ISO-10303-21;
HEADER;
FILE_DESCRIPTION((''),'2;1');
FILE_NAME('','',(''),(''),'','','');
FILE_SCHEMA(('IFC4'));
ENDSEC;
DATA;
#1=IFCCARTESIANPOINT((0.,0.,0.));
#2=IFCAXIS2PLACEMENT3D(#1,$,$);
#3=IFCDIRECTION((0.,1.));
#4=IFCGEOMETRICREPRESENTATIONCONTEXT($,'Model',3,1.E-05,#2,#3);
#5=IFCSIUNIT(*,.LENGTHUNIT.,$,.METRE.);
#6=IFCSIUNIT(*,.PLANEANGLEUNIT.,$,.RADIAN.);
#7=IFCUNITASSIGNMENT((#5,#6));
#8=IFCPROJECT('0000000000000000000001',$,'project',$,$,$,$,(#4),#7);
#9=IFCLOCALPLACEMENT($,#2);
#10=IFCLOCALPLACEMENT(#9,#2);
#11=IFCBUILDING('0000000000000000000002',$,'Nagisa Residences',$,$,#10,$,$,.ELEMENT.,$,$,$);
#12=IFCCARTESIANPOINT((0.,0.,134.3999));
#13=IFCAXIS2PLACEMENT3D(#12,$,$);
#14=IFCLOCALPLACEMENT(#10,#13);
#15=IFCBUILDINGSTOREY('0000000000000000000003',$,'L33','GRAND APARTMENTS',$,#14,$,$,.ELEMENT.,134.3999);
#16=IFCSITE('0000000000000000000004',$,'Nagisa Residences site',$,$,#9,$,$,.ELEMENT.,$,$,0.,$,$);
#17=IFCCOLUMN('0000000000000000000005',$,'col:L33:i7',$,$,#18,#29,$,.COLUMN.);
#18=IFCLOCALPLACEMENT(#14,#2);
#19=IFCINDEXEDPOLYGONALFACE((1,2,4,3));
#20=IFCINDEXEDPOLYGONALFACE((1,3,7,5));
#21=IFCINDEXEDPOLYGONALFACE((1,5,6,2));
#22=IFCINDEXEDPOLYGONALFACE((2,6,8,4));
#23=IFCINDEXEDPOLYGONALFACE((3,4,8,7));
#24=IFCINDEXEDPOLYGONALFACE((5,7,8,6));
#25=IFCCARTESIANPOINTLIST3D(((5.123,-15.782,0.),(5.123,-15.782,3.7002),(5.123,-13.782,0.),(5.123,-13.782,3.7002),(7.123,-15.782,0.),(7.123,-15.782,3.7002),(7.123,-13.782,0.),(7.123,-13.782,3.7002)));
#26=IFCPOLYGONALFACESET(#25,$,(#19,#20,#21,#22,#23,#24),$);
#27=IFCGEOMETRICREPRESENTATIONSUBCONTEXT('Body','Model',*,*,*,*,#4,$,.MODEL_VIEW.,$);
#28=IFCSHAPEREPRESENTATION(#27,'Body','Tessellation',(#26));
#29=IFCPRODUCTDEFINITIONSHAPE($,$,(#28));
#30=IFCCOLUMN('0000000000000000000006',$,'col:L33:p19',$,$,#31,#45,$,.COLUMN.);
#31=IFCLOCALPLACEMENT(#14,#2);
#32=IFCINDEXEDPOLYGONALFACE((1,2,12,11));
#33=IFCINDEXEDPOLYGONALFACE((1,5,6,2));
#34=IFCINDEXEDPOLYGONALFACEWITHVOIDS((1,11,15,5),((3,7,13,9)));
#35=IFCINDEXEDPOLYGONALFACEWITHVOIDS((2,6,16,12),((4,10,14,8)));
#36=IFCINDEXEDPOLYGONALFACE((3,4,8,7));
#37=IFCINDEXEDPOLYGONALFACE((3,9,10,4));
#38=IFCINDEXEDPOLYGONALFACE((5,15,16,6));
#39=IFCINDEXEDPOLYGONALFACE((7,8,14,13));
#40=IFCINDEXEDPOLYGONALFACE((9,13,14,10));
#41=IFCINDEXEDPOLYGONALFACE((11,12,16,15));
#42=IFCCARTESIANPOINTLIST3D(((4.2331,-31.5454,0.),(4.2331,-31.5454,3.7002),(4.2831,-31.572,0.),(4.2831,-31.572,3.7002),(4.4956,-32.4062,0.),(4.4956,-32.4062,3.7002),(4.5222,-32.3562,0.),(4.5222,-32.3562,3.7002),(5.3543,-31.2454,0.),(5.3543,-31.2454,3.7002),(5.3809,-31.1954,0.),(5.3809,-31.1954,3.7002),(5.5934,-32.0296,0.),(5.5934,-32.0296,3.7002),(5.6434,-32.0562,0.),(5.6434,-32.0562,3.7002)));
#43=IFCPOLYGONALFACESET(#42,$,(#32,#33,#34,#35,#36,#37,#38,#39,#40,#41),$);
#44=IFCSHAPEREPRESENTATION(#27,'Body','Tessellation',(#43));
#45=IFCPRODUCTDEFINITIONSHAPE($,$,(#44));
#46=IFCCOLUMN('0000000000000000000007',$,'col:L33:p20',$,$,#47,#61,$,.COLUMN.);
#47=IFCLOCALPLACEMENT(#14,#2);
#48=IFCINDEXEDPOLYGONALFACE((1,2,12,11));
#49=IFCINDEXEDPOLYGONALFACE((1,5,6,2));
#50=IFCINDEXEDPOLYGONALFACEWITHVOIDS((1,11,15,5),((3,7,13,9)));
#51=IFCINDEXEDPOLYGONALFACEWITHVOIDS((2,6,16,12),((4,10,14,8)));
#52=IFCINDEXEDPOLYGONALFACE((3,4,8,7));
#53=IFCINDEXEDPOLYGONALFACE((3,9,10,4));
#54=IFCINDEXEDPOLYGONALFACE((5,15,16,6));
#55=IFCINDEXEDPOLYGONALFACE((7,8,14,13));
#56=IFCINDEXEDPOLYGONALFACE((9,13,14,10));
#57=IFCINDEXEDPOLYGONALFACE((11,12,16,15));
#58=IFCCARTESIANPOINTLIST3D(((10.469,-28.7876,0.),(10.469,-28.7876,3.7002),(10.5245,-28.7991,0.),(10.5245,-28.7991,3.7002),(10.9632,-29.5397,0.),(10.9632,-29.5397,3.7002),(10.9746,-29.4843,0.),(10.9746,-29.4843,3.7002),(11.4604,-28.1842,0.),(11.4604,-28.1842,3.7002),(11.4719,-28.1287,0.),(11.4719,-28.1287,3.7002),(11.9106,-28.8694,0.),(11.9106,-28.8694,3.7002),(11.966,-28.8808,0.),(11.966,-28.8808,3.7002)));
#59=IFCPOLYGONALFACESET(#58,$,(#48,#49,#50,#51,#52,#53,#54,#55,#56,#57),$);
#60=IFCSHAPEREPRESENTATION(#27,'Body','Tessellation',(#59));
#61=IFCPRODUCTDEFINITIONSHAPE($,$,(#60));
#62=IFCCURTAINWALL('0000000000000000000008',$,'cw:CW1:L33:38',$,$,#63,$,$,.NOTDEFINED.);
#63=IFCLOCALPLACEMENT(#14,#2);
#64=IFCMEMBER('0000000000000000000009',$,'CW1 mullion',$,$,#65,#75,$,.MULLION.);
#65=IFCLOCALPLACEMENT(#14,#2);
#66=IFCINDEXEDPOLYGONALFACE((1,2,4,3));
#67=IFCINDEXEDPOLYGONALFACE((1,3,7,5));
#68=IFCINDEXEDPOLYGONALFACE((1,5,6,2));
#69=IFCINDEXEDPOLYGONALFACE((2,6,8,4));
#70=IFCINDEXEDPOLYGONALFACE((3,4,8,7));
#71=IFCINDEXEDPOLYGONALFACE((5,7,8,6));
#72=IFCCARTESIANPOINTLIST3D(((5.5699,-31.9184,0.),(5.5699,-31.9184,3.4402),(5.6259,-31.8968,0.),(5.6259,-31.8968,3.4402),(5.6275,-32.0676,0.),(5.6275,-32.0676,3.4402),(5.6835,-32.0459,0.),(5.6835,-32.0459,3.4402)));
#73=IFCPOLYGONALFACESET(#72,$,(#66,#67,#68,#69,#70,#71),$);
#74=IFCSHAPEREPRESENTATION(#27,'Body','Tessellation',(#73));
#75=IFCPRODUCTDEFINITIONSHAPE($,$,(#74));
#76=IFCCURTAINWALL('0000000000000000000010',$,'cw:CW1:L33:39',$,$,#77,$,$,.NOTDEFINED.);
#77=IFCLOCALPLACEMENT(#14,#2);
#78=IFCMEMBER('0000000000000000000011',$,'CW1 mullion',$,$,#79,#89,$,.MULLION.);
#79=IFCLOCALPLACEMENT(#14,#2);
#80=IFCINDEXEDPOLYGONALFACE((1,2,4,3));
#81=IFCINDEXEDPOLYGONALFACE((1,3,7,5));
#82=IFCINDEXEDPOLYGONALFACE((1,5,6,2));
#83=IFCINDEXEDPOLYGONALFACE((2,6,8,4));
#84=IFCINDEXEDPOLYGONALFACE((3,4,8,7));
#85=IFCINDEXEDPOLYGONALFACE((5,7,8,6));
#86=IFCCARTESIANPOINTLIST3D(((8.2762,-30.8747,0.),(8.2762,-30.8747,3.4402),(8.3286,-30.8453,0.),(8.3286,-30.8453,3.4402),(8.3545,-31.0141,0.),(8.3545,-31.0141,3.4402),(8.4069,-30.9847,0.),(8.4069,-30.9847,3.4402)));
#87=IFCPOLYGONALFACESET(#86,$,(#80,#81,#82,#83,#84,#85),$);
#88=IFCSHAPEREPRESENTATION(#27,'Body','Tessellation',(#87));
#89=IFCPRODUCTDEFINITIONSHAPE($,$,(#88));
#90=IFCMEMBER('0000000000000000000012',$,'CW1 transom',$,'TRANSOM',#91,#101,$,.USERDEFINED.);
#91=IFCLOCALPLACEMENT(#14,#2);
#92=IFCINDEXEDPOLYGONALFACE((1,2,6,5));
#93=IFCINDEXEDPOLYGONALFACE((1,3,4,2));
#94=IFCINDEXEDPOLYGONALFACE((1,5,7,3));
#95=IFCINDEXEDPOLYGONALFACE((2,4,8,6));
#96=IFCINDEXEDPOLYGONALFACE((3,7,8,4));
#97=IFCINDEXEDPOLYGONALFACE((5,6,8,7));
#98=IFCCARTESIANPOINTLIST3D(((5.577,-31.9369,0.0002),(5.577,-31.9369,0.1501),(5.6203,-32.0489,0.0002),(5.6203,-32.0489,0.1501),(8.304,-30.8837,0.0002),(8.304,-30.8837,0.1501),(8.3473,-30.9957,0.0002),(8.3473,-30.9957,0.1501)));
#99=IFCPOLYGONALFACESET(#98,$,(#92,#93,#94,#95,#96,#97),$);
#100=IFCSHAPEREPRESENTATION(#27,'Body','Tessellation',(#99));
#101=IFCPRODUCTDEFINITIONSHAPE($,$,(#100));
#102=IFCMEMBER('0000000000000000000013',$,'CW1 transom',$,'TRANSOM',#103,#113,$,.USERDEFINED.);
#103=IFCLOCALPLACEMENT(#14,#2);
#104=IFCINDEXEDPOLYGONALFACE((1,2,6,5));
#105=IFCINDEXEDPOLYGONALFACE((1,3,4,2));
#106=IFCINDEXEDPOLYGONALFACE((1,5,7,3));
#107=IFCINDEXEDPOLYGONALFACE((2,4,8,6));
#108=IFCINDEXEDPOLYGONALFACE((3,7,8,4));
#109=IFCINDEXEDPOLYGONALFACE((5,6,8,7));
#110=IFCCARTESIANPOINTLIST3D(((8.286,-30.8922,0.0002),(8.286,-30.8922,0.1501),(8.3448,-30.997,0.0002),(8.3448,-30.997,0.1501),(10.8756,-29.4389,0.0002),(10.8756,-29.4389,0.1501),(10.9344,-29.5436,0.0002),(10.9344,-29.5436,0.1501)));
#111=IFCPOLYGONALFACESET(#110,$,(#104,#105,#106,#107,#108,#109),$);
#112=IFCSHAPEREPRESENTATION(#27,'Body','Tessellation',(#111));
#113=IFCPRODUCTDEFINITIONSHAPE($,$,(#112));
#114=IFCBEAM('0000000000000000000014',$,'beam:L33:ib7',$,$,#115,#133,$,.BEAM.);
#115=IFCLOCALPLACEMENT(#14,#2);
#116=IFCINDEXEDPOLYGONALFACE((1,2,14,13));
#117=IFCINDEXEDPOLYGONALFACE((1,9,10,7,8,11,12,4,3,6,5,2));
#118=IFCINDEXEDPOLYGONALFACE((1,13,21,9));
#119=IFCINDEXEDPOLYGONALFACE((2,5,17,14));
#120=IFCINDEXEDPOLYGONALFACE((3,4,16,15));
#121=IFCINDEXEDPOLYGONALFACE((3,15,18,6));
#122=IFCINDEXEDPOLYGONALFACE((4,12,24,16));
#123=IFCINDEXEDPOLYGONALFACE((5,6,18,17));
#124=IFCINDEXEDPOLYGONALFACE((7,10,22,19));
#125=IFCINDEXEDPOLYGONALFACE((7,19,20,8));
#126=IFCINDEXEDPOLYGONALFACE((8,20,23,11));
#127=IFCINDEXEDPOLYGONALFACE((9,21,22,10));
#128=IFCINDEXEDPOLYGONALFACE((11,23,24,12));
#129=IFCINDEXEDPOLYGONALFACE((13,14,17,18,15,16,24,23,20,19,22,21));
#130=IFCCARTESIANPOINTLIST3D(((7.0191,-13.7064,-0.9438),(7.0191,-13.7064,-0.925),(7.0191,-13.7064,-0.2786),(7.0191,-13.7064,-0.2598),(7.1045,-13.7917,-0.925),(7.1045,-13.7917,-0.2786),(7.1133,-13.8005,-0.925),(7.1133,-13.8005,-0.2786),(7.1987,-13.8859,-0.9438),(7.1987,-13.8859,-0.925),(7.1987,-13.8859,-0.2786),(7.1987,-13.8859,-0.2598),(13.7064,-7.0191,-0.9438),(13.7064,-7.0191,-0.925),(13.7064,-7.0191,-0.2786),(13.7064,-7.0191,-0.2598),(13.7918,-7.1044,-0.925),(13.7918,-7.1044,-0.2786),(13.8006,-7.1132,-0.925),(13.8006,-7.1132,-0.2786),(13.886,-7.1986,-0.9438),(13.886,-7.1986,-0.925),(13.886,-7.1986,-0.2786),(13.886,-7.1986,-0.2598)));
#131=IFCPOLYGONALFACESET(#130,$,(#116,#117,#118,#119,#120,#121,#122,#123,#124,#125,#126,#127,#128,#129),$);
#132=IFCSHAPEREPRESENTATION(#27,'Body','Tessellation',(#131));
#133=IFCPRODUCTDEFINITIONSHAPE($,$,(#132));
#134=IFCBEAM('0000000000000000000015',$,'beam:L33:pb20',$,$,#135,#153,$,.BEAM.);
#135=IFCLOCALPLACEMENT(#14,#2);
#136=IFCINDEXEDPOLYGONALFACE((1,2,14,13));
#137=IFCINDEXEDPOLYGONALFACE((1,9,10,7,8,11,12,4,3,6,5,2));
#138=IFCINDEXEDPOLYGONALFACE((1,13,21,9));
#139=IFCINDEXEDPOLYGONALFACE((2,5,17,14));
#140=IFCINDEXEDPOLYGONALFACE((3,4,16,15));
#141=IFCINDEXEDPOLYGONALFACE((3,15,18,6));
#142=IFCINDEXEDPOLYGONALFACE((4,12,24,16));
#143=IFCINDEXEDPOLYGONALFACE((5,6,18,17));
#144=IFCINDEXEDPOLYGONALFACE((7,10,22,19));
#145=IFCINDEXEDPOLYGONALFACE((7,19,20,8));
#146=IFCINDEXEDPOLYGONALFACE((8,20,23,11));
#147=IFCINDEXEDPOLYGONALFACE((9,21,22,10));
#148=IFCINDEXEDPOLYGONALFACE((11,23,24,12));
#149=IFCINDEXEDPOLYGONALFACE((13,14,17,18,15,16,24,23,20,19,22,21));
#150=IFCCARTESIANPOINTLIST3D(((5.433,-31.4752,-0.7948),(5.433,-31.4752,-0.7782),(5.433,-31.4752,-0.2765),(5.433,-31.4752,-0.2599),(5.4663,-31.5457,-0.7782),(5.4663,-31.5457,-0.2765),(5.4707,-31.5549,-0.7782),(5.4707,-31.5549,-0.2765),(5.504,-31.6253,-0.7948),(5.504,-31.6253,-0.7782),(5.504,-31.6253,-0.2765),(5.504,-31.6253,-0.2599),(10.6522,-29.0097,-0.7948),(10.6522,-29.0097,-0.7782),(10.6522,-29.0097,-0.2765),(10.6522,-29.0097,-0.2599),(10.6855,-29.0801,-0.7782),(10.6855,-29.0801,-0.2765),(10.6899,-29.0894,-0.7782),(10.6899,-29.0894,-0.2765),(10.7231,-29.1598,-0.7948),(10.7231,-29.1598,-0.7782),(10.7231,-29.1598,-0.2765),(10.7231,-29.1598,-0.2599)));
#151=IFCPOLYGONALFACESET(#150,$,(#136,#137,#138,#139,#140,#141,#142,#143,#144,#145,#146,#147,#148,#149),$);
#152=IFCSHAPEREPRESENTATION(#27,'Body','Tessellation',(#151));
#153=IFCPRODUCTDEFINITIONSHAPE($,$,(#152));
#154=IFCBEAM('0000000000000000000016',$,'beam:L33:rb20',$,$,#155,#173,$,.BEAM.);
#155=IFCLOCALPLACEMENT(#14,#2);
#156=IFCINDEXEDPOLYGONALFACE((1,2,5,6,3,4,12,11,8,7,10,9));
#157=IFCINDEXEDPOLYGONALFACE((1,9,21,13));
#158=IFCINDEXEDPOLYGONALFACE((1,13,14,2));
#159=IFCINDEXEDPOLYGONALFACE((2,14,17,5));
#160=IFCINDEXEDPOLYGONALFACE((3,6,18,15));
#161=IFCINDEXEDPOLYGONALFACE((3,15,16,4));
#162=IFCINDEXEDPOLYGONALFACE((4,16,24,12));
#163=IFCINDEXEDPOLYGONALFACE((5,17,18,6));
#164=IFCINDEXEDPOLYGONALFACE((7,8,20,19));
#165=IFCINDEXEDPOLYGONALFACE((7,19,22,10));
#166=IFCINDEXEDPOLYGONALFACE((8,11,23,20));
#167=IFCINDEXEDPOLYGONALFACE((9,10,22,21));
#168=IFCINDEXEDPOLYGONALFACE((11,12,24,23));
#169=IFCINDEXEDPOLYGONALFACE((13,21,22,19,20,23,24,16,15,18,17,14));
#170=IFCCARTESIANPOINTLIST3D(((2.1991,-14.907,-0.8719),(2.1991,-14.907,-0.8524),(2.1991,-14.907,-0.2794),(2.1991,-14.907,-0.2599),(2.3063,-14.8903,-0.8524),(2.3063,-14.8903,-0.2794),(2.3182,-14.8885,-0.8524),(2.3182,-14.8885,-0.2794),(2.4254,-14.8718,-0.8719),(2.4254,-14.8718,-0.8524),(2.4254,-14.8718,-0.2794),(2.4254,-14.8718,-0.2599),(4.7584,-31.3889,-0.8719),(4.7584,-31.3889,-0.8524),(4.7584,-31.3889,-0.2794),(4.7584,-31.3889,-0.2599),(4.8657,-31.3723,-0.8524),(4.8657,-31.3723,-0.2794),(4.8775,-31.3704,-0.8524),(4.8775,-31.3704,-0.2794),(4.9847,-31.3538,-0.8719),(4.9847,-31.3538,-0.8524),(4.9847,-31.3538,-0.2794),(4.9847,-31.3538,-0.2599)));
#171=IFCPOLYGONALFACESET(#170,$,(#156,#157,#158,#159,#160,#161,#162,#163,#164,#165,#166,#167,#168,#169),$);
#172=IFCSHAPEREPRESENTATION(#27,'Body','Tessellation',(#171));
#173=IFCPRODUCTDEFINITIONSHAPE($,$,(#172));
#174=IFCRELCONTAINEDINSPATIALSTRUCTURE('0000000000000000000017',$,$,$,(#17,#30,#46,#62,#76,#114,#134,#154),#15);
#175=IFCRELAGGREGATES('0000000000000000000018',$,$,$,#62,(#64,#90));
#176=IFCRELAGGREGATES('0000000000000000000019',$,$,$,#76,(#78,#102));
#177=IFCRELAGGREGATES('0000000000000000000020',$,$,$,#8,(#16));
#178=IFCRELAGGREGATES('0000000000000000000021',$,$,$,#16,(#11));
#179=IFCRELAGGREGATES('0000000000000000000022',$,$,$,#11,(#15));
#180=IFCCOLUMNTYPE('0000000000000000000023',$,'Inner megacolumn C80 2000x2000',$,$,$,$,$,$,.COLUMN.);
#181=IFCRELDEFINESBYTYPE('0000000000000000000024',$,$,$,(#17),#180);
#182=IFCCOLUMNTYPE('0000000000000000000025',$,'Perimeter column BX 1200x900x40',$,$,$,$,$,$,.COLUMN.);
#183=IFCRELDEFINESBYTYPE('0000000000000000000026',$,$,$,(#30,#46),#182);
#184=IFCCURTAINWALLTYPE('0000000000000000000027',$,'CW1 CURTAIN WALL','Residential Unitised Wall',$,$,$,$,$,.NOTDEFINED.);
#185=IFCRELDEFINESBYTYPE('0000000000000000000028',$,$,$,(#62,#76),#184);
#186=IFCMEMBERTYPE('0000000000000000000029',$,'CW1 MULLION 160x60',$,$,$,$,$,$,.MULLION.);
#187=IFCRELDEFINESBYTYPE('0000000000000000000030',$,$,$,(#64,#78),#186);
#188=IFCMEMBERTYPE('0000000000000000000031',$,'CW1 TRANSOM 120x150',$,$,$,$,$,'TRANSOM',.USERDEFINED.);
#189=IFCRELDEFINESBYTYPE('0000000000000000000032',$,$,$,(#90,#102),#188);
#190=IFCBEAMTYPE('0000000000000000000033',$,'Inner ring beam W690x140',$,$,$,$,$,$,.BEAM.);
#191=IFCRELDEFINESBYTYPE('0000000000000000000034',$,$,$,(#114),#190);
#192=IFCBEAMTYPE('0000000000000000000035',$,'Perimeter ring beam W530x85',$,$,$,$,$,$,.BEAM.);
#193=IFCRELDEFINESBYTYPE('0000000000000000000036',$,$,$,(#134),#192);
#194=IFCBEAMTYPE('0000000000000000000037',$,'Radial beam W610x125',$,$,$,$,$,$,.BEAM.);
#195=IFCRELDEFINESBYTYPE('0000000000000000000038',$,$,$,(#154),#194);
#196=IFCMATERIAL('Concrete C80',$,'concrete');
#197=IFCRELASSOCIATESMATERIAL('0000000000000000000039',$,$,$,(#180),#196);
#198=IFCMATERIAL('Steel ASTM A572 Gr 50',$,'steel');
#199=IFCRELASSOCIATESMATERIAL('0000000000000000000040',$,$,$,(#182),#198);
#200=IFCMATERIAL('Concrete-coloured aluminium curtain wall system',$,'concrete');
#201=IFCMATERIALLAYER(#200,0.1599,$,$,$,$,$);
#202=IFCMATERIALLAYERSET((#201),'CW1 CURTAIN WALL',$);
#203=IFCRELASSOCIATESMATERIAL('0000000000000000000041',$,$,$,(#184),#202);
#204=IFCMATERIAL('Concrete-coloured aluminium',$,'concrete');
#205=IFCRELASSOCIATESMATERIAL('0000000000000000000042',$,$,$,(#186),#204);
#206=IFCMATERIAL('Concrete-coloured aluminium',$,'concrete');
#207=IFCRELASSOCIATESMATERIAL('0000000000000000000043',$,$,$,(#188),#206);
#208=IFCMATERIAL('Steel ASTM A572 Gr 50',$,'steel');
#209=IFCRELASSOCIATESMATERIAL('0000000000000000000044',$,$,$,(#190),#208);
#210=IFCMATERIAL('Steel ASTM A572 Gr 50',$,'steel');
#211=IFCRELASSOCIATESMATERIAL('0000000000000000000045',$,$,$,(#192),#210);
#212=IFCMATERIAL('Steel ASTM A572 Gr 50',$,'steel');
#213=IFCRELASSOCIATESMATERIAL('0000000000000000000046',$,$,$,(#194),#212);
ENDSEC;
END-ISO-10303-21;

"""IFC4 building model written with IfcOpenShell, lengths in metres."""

from ifc_helpers import new_model, si_unit, direction, frame, origin, origin_2d, place, context, subcontext, project, spatial, rectangle, hollow_rectangle, i_section, extrude, material, layer, layer_set, material_profile, profile_set, type_object, element, aggregate, save


model = new_model("IFC4")

# Units and contexts
model_context = context("Model", 3, precision=1e-05, world=origin(), true_north=direction((0.0, 1.0)))
body_context = subcontext(model_context, "Body", "Model", "MODEL_VIEW")
ifc_project = project(units=[si_unit("LENGTHUNIT", "METRE"), si_unit("PLANEANGLEUNIT", "RADIAN")], contexts=[model_context])

# Site, building, storey
site_placement = place(None, origin())
site = spatial("IfcSite", under=ifc_project, at=site_placement, Name="Nagisa Residences site", CompositionType="ELEMENT", RefElevation=0.0)
building_placement = place(site_placement, origin())
building = spatial("IfcBuilding", under=site, at=building_placement, Name="Nagisa Residences", CompositionType="ELEMENT")
storey_placement = place(building_placement, frame((0.0, 0.0, 134.3999)))
storey = spatial("IfcBuildingStorey", under=building, at=storey_placement, Name="L33", Description="GRAND APARTMENTS", CompositionType="ELEMENT", Elevation=134.3999)

# Columns
ifc_material_1 = material(Name="Concrete C80", Category="concrete")
ifc_material_profile_1 = material_profile(ifc_material_1, rectangle(XDim=2.0, YDim=2.0, at=origin_2d()), Name="C80 2000x2000")
ifc_profile_set_1 = profile_set([ifc_material_profile_1], Name="Concrete C80")
column_type_1 = type_object("IfcColumnType", Name="Inner megacolumn C80 2000x2000", PredefinedType="COLUMN", material=ifc_profile_set_1)
column_placement = place(storey_placement, frame((6.123, -14.782, 0.0), z_axis=(0.0, 0.0, 1.0), x_axis=(1.0, 0.0, 0.0)))
element("IfcColumn", 1, at=column_placement, inside=storey, type_object=column_type_1, Name="col:L33:i7", PredefinedType="COLUMN", context=body_context, shape_type="SweptSolid", body=[
    extrude(rectangle(XDim=2.0, YDim=2.0, at=origin_2d()), origin(), (0.0, 0.0, 1.0), 3.7002),
])
ifc_material_2 = material(Name="Steel ASTM A572 Gr 50", Category="steel")
ifc_material_profile_2 = material_profile(ifc_material_2, hollow_rectangle(XDim=1.2, YDim=0.8999, WallThickness=0.04, at=origin_2d()), Name="BX 1200x900x40")
ifc_profile_set_2 = profile_set([ifc_material_profile_2], Name="Steel ASTM A572 Gr 50")
column_type_2 = type_object("IfcColumnType", Name="Perimeter column BX 1200x900x40", PredefinedType="COLUMN", material=ifc_profile_set_2)
for number, where, z_axis, x_axis, name in (
    (2, (4.9382, -31.8008, 0.0), (0.0, 0.0, 1.0), (0.956525, 0.291652, 0.0), "col:L33:p19"),
    (3, (11.2175, -28.8342, 0.0), (0.0, 0.0, 1.0), (0.835766, 0.549086, 0.0), "col:L33:p20"),
):
    element("IfcColumn", number, at=place(storey_placement, frame(where, z_axis=z_axis, x_axis=x_axis)), inside=storey, type_object=column_type_2, Name=name, PredefinedType="COLUMN", context=body_context, shape_type="SweptSolid", body=[
        extrude(hollow_rectangle(XDim=1.2, YDim=0.8999, WallThickness=0.04, at=origin_2d()), origin(), (0.0, 0.0, 1.0), 3.7002),
    ])

# Curtain walls, members
ifc_material_3 = material(Name="Concrete-coloured aluminium curtain wall system", Category="concrete")
ifc_layer_1 = layer(ifc_material_3, 0.1599)
ifc_layer_set_1 = layer_set([ifc_layer_1], Name="CW1 CURTAIN WALL")
curtain_wall_type = type_object("IfcCurtainWallType", Name="CW1 CURTAIN WALL", Description="Residential Unitised Wall", PredefinedType="NOTDEFINED", material=ifc_layer_set_1)
curtain_wall_1_placement = place(storey_placement, origin())
curtain_wall_1 = element("IfcCurtainWall", 4, at=curtain_wall_1_placement, inside=storey, type_object=curtain_wall_type, Name="cw:CW1:L33:38", PredefinedType="NOTDEFINED")
ifc_material_4 = material(Name="Concrete-coloured aluminium", Category="concrete")
ifc_material_profile_3 = material_profile(ifc_material_4, rectangle(XDim=0.1599, YDim=0.0601, at=origin_2d()), Name="CW1 MULLION 160x60")
ifc_profile_set_3 = profile_set([ifc_material_profile_3], Name="Concrete-coloured aluminium")
member_type_1 = type_object("IfcMemberType", Name="CW1 MULLION 160x60", PredefinedType="MULLION", material=ifc_profile_set_3)
member_1_placement = place(storey_placement, frame((5.6267, -31.9822, 0.0), z_axis=(0.0, 0.0, 1.0), x_axis=(-0.360328, 0.932826, 0.0)))
member_1 = element("IfcMember", 5, at=member_1_placement, type_object=member_type_1, Name="CW1 mullion", PredefinedType="MULLION", context=body_context, shape_type="SweptSolid", body=[
    extrude(rectangle(XDim=0.1599, YDim=0.0601, at=origin_2d()), origin(), (0.0, 0.0, 1.0), 3.4402),
])
curtain_wall_2_placement = place(storey_placement, origin())
curtain_wall_2 = element("IfcCurtainWall", 6, at=curtain_wall_2_placement, inside=storey, type_object=curtain_wall_type, Name="cw:CW1:L33:39", PredefinedType="NOTDEFINED")
member_2_placement = place(storey_placement, frame((8.3416, -30.9297, 0.0), z_axis=(0.0, 0.0, 1.0), x_axis=(-0.489377, 0.872072, 0.0)))
member_2 = element("IfcMember", 7, at=member_2_placement, type_object=member_type_1, Name="CW1 mullion", PredefinedType="MULLION", context=body_context, shape_type="SweptSolid", body=[
    extrude(rectangle(XDim=0.1599, YDim=0.0601, at=origin_2d()), origin(), (0.0, 0.0, 1.0), 3.4402),
])

# Members
ifc_material_5 = material(Name="Concrete-coloured aluminium", Category="concrete")
ifc_material_profile_4 = material_profile(ifc_material_5, rectangle(XDim=0.1201, YDim=0.1499, at=origin_2d()), Name="CW1 TRANSOM 120x150")
ifc_profile_set_4 = profile_set([ifc_material_profile_4], Name="Concrete-coloured aluminium")
member_type_2 = type_object("IfcMemberType", Name="CW1 TRANSOM 120x150", ElementType="TRANSOM", PredefinedType="USERDEFINED", material=ifc_profile_set_4)
member_3_placement = place(storey_placement, frame((5.5986, -31.9929, 0.0752), z_axis=(0.932845, 0.360277, 0.0), x_axis=(-0.360277, 0.932845, 0.0)))
member_3 = element("IfcMember", 8, at=member_3_placement, type_object=member_type_2, Name="CW1 transom", ObjectType="TRANSOM", PredefinedType="USERDEFINED", context=body_context, shape_type="SweptSolid", body=[
    extrude(rectangle(XDim=0.1201, YDim=0.1499, at=origin_2d()), origin(), (0.0, 0.0, 1.0), 2.9233),
])
member_4_placement = place(storey_placement, frame((8.3154, -30.9446, 0.0752), z_axis=(0.872047, 0.489422, 0.0), x_axis=(-0.489422, 0.872047, 0.0)))
member_4 = element("IfcMember", 9, at=member_4_placement, type_object=member_type_2, Name="CW1 transom", ObjectType="TRANSOM", PredefinedType="USERDEFINED", context=body_context, shape_type="SweptSolid", body=[
    extrude(rectangle(XDim=0.1201, YDim=0.1499, at=origin_2d()), origin(), (0.0, 0.0, 1.0), 2.9695),
])

# Beams
ifc_material_6 = material(Name="Steel ASTM A572 Gr 50", Category="steel")
ifc_material_profile_5 = material_profile(ifc_material_6, i_section(OverallWidth=0.2539, OverallDepth=0.6841, WebThickness=0.0125, FlangeThickness=0.0188, at=origin_2d()), Name="W690x140")
ifc_profile_set_5 = profile_set([ifc_material_profile_5], Name="Steel ASTM A572 Gr 50")
beam_type_1 = type_object("IfcBeamType", Name="Inner ring beam W690x140", PredefinedType="BEAM", material=ifc_profile_set_5)
beam_1_placement = place(storey_placement, frame((7.1089, -13.7961, -0.6018), z_axis=(0.707107, 0.707107, 0.0), x_axis=(-0.707107, 0.707107, 0.0)))
element("IfcBeam", 10, at=beam_1_placement, inside=storey, type_object=beam_type_1, Name="beam:L33:ib7", PredefinedType="BEAM", context=body_context, shape_type="SweptSolid", body=[
    extrude(i_section(OverallWidth=0.2539, OverallDepth=0.6841, WebThickness=0.0125, FlangeThickness=0.0188, at=origin_2d()), origin(), (0.0, 0.0, 1.0), 9.4573),
])
ifc_material_7 = material(Name="Steel ASTM A572 Gr 50", Category="steel")
ifc_material_profile_6 = material_profile(ifc_material_7, i_section(OverallWidth=0.166, OverallDepth=0.5349, WebThickness=0.0103, FlangeThickness=0.0166, at=origin_2d()), Name="W530x85")
ifc_profile_set_6 = profile_set([ifc_material_profile_6], Name="Steel ASTM A572 Gr 50")
beam_type_2 = type_object("IfcBeamType", Name="Perimeter ring beam W530x85", PredefinedType="BEAM", material=ifc_profile_set_6)
beam_2_placement = place(storey_placement, frame((5.4685, -31.5503, -0.5273), z_axis=(0.904186, 0.427139, 0.0), x_axis=(-0.427139, 0.904186, 0.0)))
element("IfcBeam", 11, at=beam_2_placement, inside=storey, type_object=beam_type_2, Name="beam:L33:pb20", PredefinedType="BEAM", context=body_context, shape_type="SweptSolid", body=[
    extrude(i_section(OverallWidth=0.166, OverallDepth=0.5349, WebThickness=0.0103, FlangeThickness=0.0166, at=origin_2d()), origin(), (0.0, 0.0, 1.0), 5.7722),
])
ifc_material_8 = material(Name="Steel ASTM A572 Gr 50", Category="steel")
ifc_material_profile_7 = material_profile(ifc_material_8, i_section(OverallWidth=0.229, OverallDepth=0.6121, WebThickness=0.012, FlangeThickness=0.0195, at=origin_2d()), Name="W610x125")
ifc_profile_set_7 = profile_set([ifc_material_profile_7], Name="Steel ASTM A572 Gr 50")
beam_type_3 = type_object("IfcBeamType", Name="Radial beam W610x125", PredefinedType="BEAM", material=ifc_profile_set_7)
beam_3_placement = place(storey_placement, frame((4.8716, -31.3713, -0.5659), z_axis=(-0.153442, 0.988158, 0.0), x_axis=(-0.988158, -0.153442, 0.0)))
element("IfcBeam", 12, at=beam_3_placement, inside=storey, type_object=beam_type_3, Name="beam:L33:rb20", PredefinedType="BEAM", context=body_context, shape_type="SweptSolid", body=[
    extrude(i_section(OverallWidth=0.229, OverallDepth=0.6121, WebThickness=0.012, FlangeThickness=0.0195, at=origin_2d()), origin(), (0.0, 0.0, 1.0), 16.6794),
])

aggregate(curtain_wall_1, [member_1, member_3])
aggregate(curtain_wall_2, [member_2, member_4])

save(model, "model.ifc")
